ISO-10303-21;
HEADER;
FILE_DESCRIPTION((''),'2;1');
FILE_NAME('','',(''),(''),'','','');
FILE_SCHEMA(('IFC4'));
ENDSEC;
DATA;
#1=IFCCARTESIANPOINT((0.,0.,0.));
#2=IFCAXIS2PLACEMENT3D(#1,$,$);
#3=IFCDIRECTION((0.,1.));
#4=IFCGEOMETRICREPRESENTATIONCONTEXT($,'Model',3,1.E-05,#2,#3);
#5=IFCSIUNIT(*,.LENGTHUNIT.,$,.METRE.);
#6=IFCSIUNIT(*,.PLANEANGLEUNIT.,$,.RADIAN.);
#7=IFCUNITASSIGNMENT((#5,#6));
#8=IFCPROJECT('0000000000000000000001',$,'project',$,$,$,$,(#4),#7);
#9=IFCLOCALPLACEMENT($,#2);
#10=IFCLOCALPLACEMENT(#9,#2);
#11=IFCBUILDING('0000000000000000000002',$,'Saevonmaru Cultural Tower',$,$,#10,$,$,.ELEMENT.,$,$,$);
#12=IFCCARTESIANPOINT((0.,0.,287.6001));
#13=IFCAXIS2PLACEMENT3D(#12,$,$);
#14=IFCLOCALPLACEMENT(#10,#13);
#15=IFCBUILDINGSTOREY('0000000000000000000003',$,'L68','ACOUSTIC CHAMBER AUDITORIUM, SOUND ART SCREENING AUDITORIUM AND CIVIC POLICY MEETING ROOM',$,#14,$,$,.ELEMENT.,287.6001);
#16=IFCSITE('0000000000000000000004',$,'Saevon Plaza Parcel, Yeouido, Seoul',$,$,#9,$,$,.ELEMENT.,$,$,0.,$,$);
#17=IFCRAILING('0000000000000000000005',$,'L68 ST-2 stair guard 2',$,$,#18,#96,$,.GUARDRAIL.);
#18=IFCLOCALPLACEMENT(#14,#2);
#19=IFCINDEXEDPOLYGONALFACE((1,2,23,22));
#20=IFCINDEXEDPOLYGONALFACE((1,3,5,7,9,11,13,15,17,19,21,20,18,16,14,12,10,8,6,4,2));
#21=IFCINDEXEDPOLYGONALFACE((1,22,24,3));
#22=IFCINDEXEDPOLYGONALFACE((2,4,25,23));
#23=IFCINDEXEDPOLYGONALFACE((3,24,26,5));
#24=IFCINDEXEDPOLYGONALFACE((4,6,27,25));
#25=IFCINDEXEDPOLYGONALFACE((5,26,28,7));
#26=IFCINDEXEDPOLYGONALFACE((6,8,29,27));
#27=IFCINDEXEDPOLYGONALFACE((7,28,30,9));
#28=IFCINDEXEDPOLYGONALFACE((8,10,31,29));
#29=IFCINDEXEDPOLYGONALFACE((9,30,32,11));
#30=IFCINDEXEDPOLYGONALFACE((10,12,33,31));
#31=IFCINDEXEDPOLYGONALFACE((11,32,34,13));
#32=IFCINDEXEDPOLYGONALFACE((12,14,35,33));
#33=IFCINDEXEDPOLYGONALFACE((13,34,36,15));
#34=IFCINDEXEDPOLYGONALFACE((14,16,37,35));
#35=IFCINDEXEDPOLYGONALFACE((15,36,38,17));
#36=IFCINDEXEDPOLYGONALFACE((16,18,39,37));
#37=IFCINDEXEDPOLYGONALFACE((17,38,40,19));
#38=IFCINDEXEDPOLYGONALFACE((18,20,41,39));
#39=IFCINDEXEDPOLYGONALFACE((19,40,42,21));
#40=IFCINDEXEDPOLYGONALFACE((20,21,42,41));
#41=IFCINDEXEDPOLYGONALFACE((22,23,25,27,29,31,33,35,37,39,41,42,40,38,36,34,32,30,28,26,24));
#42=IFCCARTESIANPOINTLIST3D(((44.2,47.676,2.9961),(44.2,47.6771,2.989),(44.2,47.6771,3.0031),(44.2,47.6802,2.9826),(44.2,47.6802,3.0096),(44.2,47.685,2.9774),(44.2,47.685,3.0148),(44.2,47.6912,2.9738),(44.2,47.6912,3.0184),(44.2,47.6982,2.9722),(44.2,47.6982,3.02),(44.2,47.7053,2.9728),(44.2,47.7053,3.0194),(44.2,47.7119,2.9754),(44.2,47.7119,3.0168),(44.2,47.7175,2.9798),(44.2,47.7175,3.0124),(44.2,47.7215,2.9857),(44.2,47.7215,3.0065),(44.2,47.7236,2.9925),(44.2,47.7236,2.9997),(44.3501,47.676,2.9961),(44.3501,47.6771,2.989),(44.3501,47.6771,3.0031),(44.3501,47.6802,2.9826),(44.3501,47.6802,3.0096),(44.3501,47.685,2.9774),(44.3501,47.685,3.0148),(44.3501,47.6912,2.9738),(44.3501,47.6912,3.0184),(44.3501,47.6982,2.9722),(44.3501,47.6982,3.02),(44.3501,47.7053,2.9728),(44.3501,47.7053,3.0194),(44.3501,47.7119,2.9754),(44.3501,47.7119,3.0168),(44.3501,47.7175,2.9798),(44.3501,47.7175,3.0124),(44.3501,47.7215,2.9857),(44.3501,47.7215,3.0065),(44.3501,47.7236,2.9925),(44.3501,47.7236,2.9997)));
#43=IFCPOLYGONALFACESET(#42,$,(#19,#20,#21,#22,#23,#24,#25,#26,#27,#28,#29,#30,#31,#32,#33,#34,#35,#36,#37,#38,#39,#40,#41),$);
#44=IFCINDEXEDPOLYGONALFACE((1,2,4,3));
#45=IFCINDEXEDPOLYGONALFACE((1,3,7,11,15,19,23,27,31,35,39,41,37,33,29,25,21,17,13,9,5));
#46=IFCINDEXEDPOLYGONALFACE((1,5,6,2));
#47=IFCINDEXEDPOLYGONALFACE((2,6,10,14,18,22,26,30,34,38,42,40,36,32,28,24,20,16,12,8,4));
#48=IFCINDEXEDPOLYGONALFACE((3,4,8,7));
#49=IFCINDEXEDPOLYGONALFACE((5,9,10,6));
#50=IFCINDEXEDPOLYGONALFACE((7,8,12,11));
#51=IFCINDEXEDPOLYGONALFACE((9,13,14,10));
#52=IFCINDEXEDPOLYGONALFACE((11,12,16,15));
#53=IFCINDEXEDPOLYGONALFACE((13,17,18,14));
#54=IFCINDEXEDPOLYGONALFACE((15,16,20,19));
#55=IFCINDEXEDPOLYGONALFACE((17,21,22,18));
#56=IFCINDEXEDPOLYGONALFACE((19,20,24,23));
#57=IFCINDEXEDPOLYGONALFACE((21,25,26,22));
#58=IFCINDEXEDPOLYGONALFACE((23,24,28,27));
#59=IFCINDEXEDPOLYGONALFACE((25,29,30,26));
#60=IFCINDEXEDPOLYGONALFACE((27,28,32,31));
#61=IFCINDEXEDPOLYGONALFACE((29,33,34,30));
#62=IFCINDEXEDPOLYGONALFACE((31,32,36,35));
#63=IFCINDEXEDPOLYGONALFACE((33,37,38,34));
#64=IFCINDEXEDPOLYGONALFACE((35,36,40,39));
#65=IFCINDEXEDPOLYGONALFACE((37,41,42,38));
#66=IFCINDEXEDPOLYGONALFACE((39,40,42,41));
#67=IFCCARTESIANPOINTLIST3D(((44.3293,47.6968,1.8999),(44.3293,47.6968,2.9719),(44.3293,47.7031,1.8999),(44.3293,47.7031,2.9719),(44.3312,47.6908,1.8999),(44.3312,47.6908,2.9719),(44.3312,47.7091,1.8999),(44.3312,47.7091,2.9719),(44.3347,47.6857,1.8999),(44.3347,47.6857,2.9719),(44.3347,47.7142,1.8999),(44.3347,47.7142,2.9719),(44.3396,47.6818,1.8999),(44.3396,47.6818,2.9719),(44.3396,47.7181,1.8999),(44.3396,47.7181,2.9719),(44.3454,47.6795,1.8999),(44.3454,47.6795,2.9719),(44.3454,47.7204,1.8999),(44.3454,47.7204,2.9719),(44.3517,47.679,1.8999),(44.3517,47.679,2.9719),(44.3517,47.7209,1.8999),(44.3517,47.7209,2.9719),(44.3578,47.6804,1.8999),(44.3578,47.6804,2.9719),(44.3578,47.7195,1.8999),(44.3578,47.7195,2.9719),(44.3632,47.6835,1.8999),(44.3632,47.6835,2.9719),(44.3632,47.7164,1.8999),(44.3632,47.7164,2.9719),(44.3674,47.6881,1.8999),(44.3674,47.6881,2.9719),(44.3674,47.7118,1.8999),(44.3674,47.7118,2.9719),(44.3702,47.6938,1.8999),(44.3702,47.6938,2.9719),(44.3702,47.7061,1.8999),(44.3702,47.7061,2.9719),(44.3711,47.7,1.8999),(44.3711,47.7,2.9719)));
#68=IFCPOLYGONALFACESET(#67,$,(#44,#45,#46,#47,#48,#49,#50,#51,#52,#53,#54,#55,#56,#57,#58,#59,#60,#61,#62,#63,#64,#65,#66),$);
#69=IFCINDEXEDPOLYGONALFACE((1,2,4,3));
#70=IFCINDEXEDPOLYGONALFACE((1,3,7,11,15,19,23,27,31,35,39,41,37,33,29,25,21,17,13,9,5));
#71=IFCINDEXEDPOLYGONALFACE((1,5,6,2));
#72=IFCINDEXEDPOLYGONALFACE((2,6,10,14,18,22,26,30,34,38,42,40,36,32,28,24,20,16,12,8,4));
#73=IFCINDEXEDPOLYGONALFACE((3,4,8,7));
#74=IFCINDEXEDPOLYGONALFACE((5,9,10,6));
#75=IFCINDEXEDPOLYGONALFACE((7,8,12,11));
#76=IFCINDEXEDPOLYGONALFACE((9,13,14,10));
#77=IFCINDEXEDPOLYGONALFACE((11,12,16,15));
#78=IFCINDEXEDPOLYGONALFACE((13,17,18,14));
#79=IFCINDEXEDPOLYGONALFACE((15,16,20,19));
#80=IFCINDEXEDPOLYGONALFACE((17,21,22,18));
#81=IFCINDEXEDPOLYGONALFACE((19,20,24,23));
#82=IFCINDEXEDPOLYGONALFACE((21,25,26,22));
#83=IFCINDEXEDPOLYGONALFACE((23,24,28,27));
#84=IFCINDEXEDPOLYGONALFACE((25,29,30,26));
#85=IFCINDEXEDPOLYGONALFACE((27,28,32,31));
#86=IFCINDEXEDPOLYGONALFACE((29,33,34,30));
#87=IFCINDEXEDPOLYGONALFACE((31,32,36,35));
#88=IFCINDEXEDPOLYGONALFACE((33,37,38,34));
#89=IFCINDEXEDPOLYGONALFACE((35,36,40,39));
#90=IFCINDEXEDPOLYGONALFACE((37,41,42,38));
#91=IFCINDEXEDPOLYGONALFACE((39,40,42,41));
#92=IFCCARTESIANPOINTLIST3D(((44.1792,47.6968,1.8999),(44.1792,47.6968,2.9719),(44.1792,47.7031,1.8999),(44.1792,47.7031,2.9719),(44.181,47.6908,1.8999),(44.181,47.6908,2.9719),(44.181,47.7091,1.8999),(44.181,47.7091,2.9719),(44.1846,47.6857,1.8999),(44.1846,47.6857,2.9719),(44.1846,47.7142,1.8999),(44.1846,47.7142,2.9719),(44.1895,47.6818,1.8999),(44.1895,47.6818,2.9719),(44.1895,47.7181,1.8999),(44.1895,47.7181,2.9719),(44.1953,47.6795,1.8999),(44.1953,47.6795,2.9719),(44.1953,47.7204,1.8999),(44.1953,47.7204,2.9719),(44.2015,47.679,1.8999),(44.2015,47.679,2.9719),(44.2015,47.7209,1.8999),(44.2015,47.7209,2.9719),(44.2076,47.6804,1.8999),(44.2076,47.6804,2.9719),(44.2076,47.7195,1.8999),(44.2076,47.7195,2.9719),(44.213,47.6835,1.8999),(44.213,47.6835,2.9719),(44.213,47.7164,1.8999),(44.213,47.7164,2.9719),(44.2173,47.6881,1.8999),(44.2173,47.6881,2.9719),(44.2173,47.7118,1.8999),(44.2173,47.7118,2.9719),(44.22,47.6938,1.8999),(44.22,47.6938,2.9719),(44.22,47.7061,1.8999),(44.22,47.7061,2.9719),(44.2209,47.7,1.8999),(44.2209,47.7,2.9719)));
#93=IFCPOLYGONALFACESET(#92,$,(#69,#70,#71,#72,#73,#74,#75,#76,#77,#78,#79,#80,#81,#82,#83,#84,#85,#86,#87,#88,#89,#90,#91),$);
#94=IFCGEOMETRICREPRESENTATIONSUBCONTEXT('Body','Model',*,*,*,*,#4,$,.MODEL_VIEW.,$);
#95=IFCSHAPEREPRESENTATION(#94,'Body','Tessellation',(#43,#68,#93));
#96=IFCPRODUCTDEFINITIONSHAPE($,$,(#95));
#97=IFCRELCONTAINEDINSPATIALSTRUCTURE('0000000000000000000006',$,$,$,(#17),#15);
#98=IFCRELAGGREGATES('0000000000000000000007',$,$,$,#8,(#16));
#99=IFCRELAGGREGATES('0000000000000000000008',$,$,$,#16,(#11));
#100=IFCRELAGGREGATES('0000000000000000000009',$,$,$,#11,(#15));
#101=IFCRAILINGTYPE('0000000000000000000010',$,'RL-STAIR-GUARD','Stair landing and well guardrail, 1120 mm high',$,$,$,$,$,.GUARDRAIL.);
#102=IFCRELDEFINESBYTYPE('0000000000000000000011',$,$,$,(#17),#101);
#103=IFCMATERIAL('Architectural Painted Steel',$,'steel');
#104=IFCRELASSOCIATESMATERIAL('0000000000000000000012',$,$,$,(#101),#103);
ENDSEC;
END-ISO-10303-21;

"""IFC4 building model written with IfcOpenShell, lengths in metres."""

from ifc_helpers import new_model, si_unit, direction, frame, origin, origin_2d, place, context, subcontext, project, spatial, circle, extrude, material, type_object, element, save


model = new_model("IFC4")

# Units and contexts
model_context = context("Model", 3, precision=1e-05, world=origin(), true_north=direction((0.0, 1.0)))
body_context = subcontext(model_context, "Body", "Model", "MODEL_VIEW")
ifc_project = project(units=[si_unit("LENGTHUNIT", "METRE"), si_unit("PLANEANGLEUNIT", "RADIAN")], contexts=[model_context])

# Site, building, storey
site_placement = place(None, origin())
site = spatial("IfcSite", under=ifc_project, at=site_placement, Name="Saevon Plaza Parcel, Yeouido, Seoul", CompositionType="ELEMENT", RefElevation=0.0)
building_placement = place(site_placement, origin())
building = spatial("IfcBuilding", under=site, at=building_placement, Name="Saevonmaru Cultural Tower", CompositionType="ELEMENT")
storey_placement = place(building_placement, frame((0.0, 0.0, 287.6001)))
storey = spatial("IfcBuildingStorey", under=building, at=storey_placement, Name="L68", Description="ACOUSTIC CHAMBER AUDITORIUM, SOUND ART SCREENING AUDITORIUM AND CIVIC POLICY MEETING ROOM", CompositionType="ELEMENT", Elevation=287.6001)

# Railing
ifc_material_1 = material(Name="Architectural Painted Steel", Category="steel")
railing_type_1 = type_object("IfcRailingType", Name="RL-STAIR-GUARD", Description="Stair landing and well guardrail, 1120 mm high", PredefinedType="GUARDRAIL", material=ifc_material_1)
railing_1_placement = place(storey_placement, frame((44.3501, 47.7, 1.8999)))
element("IfcRailing", 1, at=railing_1_placement, inside=storey, type_object=railing_type_1, Name="L68 ST-2 stair guard 2", PredefinedType="GUARDRAIL", context=body_context, shape_type="SweptSolid", body=[
    extrude(circle(Radius=0.0239, at=origin_2d()), frame((0.0, 0.0, 1.0962), z_axis=(-1.0, 0.0, 0.0), x_axis=(0.0, -1.0, 0.0)), (0.0, 0.0, 1.0), 0.1501),
    extrude(circle(Radius=0.021, at=origin_2d()), origin(), (0.0, 0.0, 1.0), 1.072),
    extrude(circle(Radius=0.021, at=origin_2d()), frame((-0.1501, 0.0, 0.0)), (0.0, 0.0, 1.0), 1.072),
])

save(model, "model.ifc")
